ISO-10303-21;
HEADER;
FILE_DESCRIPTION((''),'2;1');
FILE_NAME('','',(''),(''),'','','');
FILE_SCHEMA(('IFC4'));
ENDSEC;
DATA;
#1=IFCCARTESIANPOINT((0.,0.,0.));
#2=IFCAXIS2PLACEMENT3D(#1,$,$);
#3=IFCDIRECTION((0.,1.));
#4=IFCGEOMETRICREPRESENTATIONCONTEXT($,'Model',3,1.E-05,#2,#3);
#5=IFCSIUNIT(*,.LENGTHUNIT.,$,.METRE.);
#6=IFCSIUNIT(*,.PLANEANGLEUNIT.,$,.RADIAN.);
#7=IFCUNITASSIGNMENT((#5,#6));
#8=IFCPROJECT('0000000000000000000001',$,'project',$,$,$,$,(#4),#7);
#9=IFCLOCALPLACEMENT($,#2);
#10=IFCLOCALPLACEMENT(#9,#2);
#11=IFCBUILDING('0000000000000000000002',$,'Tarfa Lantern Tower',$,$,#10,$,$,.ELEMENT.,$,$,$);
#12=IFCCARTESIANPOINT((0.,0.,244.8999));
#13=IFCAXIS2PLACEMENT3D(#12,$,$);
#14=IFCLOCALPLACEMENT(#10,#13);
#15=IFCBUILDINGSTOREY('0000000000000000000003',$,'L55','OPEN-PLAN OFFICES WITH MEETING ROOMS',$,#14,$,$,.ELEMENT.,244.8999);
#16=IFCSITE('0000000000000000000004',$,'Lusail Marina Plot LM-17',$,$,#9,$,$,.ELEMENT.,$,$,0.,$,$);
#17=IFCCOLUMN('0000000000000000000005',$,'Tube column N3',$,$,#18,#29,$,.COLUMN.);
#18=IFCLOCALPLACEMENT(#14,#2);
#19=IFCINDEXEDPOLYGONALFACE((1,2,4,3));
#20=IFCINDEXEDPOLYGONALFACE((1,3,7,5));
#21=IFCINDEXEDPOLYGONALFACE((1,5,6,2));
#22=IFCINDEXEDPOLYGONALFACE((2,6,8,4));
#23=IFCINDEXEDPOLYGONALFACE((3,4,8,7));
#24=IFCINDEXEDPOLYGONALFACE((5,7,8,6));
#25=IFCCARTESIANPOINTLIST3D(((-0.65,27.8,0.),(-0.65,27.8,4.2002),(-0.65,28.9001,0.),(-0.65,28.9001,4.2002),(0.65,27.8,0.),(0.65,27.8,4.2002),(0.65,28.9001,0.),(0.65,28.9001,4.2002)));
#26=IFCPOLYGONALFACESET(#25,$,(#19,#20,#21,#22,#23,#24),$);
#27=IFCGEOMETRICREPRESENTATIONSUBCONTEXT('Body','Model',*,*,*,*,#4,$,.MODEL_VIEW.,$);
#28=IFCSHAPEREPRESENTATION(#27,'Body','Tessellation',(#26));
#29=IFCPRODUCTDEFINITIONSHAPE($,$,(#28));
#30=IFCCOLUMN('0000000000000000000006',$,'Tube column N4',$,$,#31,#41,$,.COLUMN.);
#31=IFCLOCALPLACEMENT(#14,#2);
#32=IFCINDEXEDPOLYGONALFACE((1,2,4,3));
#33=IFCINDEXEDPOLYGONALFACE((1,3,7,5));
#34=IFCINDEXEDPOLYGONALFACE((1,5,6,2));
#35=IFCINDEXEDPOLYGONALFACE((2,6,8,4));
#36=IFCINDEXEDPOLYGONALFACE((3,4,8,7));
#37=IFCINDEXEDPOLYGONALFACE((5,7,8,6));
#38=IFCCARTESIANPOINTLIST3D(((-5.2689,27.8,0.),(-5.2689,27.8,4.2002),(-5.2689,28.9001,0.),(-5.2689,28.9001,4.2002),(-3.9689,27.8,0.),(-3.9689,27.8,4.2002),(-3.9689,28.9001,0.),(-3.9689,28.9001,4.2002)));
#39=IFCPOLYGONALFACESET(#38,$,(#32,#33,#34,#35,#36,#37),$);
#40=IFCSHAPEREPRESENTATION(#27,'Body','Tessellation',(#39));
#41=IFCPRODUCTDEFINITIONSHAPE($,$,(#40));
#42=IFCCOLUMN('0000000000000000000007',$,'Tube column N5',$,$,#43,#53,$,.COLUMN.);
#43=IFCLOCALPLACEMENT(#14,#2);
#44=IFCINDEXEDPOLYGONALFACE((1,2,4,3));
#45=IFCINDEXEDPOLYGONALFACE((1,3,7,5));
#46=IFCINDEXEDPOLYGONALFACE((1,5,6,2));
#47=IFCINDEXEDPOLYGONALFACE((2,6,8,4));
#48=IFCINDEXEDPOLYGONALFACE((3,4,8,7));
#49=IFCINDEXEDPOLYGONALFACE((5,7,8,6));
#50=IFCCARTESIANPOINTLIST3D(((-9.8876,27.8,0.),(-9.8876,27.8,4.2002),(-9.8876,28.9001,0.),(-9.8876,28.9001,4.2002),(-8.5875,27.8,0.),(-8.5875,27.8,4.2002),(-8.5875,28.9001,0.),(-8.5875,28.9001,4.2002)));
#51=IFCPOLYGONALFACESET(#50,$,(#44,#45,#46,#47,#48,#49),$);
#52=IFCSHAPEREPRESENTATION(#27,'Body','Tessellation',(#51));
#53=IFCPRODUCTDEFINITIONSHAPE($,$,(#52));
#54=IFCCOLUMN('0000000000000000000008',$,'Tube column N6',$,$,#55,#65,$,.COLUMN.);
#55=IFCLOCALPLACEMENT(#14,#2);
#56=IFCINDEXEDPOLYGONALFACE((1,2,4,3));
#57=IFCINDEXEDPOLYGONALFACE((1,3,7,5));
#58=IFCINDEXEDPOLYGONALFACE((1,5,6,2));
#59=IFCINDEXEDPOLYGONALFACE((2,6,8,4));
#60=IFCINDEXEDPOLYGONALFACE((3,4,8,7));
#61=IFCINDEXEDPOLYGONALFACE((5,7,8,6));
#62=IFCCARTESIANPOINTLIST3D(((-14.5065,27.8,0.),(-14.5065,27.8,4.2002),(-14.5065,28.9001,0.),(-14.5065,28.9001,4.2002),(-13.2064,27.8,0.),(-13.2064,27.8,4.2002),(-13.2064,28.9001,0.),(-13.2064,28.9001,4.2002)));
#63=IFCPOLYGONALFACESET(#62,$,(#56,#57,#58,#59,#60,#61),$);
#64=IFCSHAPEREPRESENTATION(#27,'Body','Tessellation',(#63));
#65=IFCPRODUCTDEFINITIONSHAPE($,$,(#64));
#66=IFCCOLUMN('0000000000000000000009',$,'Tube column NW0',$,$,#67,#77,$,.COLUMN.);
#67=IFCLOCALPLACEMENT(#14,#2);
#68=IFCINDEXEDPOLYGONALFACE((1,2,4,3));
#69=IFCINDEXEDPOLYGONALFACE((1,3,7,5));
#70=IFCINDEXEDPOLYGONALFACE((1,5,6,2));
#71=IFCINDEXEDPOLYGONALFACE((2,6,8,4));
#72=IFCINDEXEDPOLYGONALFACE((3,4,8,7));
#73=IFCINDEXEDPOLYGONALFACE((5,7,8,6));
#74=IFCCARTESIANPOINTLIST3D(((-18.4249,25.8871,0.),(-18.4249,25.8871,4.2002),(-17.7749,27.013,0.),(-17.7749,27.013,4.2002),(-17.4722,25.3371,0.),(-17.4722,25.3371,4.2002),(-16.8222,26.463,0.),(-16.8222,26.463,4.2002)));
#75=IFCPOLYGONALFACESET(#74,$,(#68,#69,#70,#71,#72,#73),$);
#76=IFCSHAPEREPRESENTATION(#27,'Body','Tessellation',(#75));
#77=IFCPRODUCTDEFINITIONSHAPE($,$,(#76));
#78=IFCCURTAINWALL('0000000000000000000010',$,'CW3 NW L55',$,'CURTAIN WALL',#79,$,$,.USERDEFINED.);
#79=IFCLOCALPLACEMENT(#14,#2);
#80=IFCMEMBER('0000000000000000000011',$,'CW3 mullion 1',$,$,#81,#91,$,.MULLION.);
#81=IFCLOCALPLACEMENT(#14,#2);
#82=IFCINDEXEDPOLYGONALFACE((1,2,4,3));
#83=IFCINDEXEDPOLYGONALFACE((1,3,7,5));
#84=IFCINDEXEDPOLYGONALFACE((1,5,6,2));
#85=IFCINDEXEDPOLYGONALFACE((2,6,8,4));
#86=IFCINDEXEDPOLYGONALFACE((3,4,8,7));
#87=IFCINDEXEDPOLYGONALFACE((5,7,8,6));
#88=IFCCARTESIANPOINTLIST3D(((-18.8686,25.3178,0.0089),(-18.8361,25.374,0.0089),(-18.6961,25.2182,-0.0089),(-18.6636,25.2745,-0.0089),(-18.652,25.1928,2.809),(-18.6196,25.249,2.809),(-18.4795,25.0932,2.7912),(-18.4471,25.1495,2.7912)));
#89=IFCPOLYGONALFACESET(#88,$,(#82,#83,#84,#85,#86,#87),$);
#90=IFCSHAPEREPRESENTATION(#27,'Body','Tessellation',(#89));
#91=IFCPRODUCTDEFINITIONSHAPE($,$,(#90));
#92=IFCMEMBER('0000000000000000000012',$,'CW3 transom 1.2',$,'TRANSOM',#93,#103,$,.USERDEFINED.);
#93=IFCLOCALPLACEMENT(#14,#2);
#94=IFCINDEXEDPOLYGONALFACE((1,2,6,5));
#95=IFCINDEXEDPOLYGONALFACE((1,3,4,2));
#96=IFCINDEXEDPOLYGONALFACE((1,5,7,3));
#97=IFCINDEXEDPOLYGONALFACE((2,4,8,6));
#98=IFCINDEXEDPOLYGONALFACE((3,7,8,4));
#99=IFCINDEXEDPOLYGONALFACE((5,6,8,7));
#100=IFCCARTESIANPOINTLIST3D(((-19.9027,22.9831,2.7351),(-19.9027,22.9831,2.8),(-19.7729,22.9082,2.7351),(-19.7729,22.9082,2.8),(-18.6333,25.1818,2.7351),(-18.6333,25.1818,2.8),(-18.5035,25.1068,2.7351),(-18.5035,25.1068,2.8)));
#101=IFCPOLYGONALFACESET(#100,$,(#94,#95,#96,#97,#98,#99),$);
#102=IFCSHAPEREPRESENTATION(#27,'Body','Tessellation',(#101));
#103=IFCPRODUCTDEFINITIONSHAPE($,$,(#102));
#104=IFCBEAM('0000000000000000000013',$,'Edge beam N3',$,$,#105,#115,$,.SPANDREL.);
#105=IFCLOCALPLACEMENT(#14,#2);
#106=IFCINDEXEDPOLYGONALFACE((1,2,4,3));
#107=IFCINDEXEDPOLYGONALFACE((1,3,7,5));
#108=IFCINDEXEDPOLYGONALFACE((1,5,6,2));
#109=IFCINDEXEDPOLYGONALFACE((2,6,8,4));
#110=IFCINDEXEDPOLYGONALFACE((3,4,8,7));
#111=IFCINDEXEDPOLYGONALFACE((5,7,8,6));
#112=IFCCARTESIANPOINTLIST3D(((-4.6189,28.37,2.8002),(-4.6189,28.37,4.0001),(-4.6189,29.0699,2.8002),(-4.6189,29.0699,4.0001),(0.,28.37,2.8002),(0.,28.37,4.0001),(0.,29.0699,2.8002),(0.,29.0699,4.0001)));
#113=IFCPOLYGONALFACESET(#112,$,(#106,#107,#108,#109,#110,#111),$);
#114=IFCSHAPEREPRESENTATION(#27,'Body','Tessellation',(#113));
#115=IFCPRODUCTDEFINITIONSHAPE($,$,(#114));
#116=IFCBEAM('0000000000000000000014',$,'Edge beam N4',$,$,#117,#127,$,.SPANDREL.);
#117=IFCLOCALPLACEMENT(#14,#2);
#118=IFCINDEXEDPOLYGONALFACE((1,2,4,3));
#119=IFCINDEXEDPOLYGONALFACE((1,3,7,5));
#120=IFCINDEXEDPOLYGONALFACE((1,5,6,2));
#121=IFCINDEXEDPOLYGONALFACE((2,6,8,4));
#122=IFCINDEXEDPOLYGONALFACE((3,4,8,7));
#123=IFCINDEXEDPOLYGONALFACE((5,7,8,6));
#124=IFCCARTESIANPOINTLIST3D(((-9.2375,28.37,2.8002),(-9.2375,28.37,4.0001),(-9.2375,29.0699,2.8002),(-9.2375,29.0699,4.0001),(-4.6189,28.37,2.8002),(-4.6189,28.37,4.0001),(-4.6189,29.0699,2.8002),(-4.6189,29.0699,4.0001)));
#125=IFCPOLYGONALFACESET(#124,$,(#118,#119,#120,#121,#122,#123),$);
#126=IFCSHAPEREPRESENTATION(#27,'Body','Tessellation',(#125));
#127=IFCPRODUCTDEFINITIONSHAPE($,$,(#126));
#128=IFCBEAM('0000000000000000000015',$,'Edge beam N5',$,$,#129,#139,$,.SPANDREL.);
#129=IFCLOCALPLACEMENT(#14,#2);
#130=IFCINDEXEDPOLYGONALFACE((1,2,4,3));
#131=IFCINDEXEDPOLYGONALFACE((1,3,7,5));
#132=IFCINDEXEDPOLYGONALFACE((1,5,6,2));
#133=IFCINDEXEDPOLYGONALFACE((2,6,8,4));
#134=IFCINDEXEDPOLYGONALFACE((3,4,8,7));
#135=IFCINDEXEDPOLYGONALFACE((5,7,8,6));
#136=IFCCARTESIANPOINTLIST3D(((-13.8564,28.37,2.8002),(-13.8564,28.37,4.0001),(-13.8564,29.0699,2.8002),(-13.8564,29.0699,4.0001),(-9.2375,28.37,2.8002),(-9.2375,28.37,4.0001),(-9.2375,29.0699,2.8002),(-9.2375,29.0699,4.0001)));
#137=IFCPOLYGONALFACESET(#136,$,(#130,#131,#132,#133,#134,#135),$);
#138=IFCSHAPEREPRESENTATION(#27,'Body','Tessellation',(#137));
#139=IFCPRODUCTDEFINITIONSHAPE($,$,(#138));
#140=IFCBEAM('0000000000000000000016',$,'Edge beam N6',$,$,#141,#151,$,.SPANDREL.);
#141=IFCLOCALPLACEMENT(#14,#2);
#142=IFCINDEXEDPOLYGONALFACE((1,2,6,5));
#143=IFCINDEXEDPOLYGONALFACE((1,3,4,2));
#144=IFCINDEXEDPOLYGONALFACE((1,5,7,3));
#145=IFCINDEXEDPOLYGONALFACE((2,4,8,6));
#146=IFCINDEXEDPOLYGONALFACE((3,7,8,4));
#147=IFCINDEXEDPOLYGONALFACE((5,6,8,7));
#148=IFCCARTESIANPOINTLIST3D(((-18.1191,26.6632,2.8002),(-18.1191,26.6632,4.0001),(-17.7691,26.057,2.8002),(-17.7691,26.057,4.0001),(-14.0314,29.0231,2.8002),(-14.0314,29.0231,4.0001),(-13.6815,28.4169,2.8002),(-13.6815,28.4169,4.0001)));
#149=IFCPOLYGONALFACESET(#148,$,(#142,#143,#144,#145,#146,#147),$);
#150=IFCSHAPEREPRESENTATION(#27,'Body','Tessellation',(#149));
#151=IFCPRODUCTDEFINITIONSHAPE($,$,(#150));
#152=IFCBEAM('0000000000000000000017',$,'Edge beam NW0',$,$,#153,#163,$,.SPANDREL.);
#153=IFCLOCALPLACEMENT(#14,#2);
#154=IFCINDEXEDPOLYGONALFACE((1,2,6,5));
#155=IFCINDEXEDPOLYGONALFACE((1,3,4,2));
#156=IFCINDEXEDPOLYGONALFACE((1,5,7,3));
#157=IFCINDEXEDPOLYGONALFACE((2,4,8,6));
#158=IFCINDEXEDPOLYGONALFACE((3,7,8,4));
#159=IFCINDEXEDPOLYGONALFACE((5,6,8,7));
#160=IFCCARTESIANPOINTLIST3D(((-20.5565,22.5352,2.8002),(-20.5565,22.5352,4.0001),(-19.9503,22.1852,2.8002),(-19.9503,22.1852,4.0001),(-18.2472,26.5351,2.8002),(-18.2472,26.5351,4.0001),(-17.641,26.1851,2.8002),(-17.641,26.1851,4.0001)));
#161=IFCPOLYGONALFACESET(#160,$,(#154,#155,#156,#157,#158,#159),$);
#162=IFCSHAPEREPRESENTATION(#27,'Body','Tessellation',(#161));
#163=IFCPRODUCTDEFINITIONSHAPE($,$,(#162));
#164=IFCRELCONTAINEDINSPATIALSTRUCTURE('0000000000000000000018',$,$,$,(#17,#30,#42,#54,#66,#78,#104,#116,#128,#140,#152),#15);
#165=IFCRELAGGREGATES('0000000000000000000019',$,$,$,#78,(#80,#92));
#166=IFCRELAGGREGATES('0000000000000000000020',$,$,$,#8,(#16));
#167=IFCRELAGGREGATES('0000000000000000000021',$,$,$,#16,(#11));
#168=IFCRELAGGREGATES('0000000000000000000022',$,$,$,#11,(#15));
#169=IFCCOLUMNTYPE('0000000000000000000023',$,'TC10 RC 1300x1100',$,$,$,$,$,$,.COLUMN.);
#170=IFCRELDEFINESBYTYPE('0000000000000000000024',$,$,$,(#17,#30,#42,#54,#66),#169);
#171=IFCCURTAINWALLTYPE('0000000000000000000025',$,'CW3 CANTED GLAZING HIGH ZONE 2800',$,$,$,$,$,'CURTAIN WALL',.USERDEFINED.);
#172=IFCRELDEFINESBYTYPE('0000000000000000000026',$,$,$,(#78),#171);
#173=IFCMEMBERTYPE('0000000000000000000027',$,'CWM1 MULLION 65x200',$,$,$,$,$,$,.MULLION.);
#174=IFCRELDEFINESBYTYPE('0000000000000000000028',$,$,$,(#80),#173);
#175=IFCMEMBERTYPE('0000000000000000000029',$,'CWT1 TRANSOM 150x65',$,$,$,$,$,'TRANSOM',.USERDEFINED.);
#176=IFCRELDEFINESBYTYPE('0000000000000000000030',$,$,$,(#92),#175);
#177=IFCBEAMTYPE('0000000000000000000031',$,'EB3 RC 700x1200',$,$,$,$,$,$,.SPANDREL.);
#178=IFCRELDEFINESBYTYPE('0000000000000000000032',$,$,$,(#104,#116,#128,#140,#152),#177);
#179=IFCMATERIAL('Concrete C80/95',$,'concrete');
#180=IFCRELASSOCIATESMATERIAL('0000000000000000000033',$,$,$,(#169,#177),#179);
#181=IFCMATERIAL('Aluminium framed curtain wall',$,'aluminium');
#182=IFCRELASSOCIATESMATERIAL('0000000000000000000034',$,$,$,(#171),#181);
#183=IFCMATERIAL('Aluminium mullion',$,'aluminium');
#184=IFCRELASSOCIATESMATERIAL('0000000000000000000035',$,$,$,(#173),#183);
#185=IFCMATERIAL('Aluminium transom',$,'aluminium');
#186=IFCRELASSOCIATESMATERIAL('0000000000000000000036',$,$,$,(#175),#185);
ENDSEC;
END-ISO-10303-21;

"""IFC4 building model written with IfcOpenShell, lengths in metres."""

from ifc_helpers import new_model, si_unit, direction, frame, origin, origin_2d, place, context, subcontext, project, spatial, rectangle, extrude, material, material_profile, profile_set, type_object, element, aggregate, save


model = new_model("IFC4")

# Units and contexts
model_context = context("Model", 3, precision=1e-05, world=origin(), true_north=direction((0.0, 1.0)))
body_context = subcontext(model_context, "Body", "Model", "MODEL_VIEW")
ifc_project = project(units=[si_unit("LENGTHUNIT", "METRE"), si_unit("PLANEANGLEUNIT", "RADIAN")], contexts=[model_context])

# Site, building, storey
site_placement = place(None, origin())
site = spatial("IfcSite", under=ifc_project, at=site_placement, Name="Lusail Marina Plot LM-17", CompositionType="ELEMENT", RefElevation=0.0)
building_placement = place(site_placement, origin())
building = spatial("IfcBuilding", under=site, at=building_placement, Name="Tarfa Lantern Tower", CompositionType="ELEMENT")
storey_placement = place(building_placement, frame((0.0, 0.0, 244.8999)))
storey = spatial("IfcBuildingStorey", under=building, at=storey_placement, Name="L55", Description="OPEN-PLAN OFFICES WITH MEETING ROOMS", CompositionType="ELEMENT", Elevation=244.8999)

# Columns
ifc_material_1 = material(Name="Concrete C80/95", Category="concrete")
ifc_material_profile_1 = material_profile(ifc_material_1, rectangle(XDim=1.3, YDim=1.1001, at=origin_2d()), Name="RC 1300x1100")
ifc_profile_set_1 = profile_set([ifc_material_profile_1], Name="Concrete C80/95")
column_type = type_object("IfcColumnType", Name="TC10 RC 1300x1100", PredefinedType="COLUMN", material=ifc_profile_set_1)
for number, where, z_axis, x_axis, name in (
    (1, (0.0, 28.3501, 0.0), (0.0, 0.0, 1.0), (-1.0, 0.0, 0.0), "Tube column N3"),
    (2, (-4.6189, 28.3501, 0.0), (0.0, 0.0, 1.0), (-1.0, 0.0, 0.0), "Tube column N4"),
    (3, (-9.2375, 28.3501, 0.0), (0.0, 0.0, 1.0), (-1.0, 0.0, 0.0), "Tube column N5"),
    (4, (-13.8564, 28.3501, 0.0), (0.0, 0.0, 1.0), (-1.0, 0.0, 0.0), "Tube column N6"),
    (5, (-17.6235, 26.175, 0.0), (0.0, 0.0, 1.0), (-0.5, -0.866025, 0.0), "Tube column NW0"),
):
    element("IfcColumn", number, at=place(storey_placement, frame(where, z_axis=z_axis, x_axis=x_axis)), inside=storey, type_object=column_type, Name=name, PredefinedType="COLUMN", context=body_context, shape_type="SweptSolid", body=[
        extrude(rectangle(XDim=1.3, YDim=1.1001, at=origin_2d()), origin(), (0.0, 0.0, 1.0), 4.2002),
    ])

# Curtain wall, members
ifc_material_2 = material(Name="Aluminium framed curtain wall", Category="aluminium")
curtain_wall_type = type_object("IfcCurtainWallType", Name="CW3 CANTED GLAZING HIGH ZONE 2800", ElementType="CURTAIN WALL", PredefinedType="USERDEFINED", material=ifc_material_2)
curtain_wall_placement = place(storey_placement, origin())
curtain_wall = element("IfcCurtainWall", 6, at=curtain_wall_placement, inside=storey, type_object=curtain_wall_type, Name="CW3 NW L55", ObjectType="CURTAIN WALL", PredefinedType="USERDEFINED")
ifc_material_3 = material(Name="Aluminium mullion", Category="aluminium")
ifc_material_profile_2 = material_profile(ifc_material_3, rectangle(XDim=0.0649, YDim=0.2, at=origin_2d()), Name="AL MULLION 65x200")
ifc_profile_set_2 = profile_set([ifc_material_profile_2], Name="Aluminium mullion")
member_type_1 = type_object("IfcMemberType", Name="CWM1 MULLION 65x200", PredefinedType="MULLION", material=ifc_profile_set_2)
member_1_placement = place(storey_placement, frame((-18.7661, 25.2961, 0.0), z_axis=(0.077032, -0.044465, 0.996037), x_axis=(0.49992, 0.866072, 0.0)))
member_1 = element("IfcMember", 7, at=member_1_placement, type_object=member_type_1, Name="CW3 mullion 1", PredefinedType="MULLION", context=body_context, shape_type="SweptSolid", body=[
    extrude(rectangle(XDim=0.0649, YDim=0.2, at=origin_2d()), origin(), (0.0, 0.0, 1.0), 2.8113),
])
ifc_material_4 = material(Name="Aluminium transom", Category="aluminium")
ifc_material_profile_3 = material_profile(ifc_material_4, rectangle(XDim=0.1499, YDim=0.0649, at=origin_2d()), Name="AL TRANSOM 150x65")
ifc_profile_set_3 = profile_set([ifc_material_profile_3], Name="Aluminium transom")
member_type_2 = type_object("IfcMemberType", Name="CWT1 TRANSOM 150x65", ElementType="TRANSOM", PredefinedType="USERDEFINED", material=ifc_profile_set_3)
member_2_placement = place(storey_placement, frame((-18.5684, 25.1443, 2.7676), z_axis=(-0.500028, -0.866009, 0.0), x_axis=(0.866009, -0.500028, 0.0)))
member_2 = element("IfcMember", 8, at=member_2_placement, type_object=member_type_2, Name="CW3 transom 1.2", ObjectType="TRANSOM", PredefinedType="USERDEFINED", context=body_context, shape_type="SweptSolid", body=[
    extrude(rectangle(XDim=0.1499, YDim=0.0649, at=origin_2d()), origin(), (0.0, 0.0, 1.0), 2.5388),
])
aggregate(curtain_wall, [member_1, member_2])

# Beams
ifc_material_profile_4 = material_profile(ifc_material_1, rectangle(XDim=0.7, YDim=1.2, at=origin_2d()), Name="RC 700x1200")
ifc_profile_set_4 = profile_set([ifc_material_profile_4], Name="Concrete C80/95")
beam_type_1 = type_object("IfcBeamType", Name="EB3 RC 700x1200", PredefinedType="SPANDREL", material=ifc_profile_set_4)
beam_1_placement = place(storey_placement, frame((0.0, 28.72, 3.4001), z_axis=(-1.0, 0.0, 0.0), x_axis=(0.0, -1.0, 0.0)))
element("IfcBeam", 9, at=beam_1_placement, inside=storey, type_object=beam_type_1, Name="Edge beam N3", PredefinedType="SPANDREL", context=body_context, shape_type="SweptSolid", body=[
    extrude(rectangle(XDim=0.7, YDim=1.2, at=origin_2d()), origin(), (0.0, 0.0, 1.0), 4.6189),
])
beam_2_placement = place(storey_placement, frame((-4.6189, 28.72, 3.4001), z_axis=(-1.0, 0.0, 0.0), x_axis=(0.0, -1.0, 0.0)))
element("IfcBeam", 10, at=beam_2_placement, inside=storey, type_object=beam_type_1, Name="Edge beam N4", PredefinedType="SPANDREL", context=body_context, shape_type="SweptSolid", body=[
    extrude(rectangle(XDim=0.7, YDim=1.2, at=origin_2d()), origin(), (0.0, 0.0, 1.0), 4.6187),
])
beam_3_placement = place(storey_placement, frame((-9.2375, 28.72, 3.4001), z_axis=(-1.0, 0.0, 0.0), x_axis=(0.0, -1.0, 0.0)))
element("IfcBeam", 11, at=beam_3_placement, inside=storey, type_object=beam_type_1, Name="Edge beam N5", PredefinedType="SPANDREL", context=body_context, shape_type="SweptSolid", body=[
    extrude(rectangle(XDim=0.7, YDim=1.2, at=origin_2d()), origin(), (0.0, 0.0, 1.0), 4.6189),
])
beam_4_placement = place(storey_placement, frame((-13.8564, 28.72, 3.4001), z_axis=(-0.866038, -0.499978, 0.0), x_axis=(0.499978, -0.866038, 0.0)))
element("IfcBeam", 12, at=beam_4_placement, inside=storey, type_object=beam_type_1, Name="Edge beam N6", PredefinedType="SPANDREL", context=body_context, shape_type="SweptSolid", body=[
    extrude(rectangle(XDim=0.7, YDim=1.2, at=origin_2d()), origin(), (0.0, 0.0, 1.0), 4.72),
])
beam_5_placement = place(storey_placement, frame((-17.9441, 26.3601, 3.4001), z_axis=(-0.499988, -0.866032, 0.0), x_axis=(0.866032, -0.499988, 0.0)))
element("IfcBeam", 13, at=beam_5_placement, inside=storey, type_object=beam_type_1, Name="Edge beam NW0", PredefinedType="SPANDREL", context=body_context, shape_type="SweptSolid", body=[
    extrude(rectangle(XDim=0.7, YDim=1.2, at=origin_2d()), origin(), (0.0, 0.0, 1.0), 4.6187),
])

save(model, "model.ifc")
